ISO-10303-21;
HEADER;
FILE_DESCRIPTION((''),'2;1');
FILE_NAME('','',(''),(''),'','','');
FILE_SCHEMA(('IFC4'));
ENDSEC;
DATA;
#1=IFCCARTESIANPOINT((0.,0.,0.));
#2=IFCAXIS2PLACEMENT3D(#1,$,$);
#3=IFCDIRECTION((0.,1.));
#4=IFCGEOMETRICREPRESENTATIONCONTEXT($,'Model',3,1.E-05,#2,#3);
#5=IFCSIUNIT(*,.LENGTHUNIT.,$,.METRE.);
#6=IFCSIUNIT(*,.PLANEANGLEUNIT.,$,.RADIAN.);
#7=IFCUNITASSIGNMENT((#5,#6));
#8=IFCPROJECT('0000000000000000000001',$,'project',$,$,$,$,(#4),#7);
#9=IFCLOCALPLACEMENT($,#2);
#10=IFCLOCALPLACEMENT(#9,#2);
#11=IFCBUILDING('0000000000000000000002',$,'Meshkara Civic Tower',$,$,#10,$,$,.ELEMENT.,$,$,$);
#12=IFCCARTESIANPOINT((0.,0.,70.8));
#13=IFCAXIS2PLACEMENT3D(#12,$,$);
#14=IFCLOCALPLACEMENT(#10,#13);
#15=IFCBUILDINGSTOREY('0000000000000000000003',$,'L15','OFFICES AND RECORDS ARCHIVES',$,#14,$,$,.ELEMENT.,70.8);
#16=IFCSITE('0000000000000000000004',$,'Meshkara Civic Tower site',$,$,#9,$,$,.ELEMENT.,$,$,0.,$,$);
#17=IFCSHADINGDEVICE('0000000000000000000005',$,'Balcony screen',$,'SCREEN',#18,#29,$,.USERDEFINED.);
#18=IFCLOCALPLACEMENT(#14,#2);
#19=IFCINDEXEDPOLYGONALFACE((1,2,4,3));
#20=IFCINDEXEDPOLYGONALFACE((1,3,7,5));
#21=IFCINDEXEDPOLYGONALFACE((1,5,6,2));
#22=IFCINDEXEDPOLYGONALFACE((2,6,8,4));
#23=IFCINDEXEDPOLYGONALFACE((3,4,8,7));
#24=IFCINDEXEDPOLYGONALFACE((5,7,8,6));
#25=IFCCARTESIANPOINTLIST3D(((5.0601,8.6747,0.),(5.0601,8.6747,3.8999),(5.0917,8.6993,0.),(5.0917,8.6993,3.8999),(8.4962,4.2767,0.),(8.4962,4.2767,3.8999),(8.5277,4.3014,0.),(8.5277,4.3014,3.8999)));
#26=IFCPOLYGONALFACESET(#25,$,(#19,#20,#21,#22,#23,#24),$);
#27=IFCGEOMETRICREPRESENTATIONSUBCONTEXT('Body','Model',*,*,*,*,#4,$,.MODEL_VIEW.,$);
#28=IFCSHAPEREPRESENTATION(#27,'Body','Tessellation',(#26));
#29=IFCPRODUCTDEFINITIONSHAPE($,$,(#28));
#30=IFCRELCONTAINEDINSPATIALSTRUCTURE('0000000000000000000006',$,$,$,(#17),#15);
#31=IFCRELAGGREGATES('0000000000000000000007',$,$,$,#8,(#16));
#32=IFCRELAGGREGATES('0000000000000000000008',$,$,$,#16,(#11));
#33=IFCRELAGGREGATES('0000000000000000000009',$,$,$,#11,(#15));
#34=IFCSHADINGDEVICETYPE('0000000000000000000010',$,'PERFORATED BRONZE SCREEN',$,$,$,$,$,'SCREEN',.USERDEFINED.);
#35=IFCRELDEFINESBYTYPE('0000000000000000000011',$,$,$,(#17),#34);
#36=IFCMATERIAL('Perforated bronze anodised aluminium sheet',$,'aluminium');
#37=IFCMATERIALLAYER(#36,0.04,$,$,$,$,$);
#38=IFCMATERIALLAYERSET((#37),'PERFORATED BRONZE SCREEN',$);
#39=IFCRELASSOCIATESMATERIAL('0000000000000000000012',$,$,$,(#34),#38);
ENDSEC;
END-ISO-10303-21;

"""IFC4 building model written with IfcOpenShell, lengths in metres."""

from ifc_helpers import new_model, si_unit, direction, frame, origin, origin_2d, place, context, subcontext, project, spatial, rectangle, extrude, material, layer, layer_set, type_object, element, save


model = new_model("IFC4")

# Units and contexts
model_context = context("Model", 3, precision=1e-05, world=origin(), true_north=direction((0.0, 1.0)))
body_context = subcontext(model_context, "Body", "Model", "MODEL_VIEW")
ifc_project = project(units=[si_unit("LENGTHUNIT", "METRE"), si_unit("PLANEANGLEUNIT", "RADIAN")], contexts=[model_context])

# Site, building, storey
site_placement = place(None, origin())
site = spatial("IfcSite", under=ifc_project, at=site_placement, Name="Meshkara Civic Tower site", CompositionType="ELEMENT", RefElevation=0.0)
building_placement = place(site_placement, origin())
building = spatial("IfcBuilding", under=site, at=building_placement, Name="Meshkara Civic Tower", CompositionType="ELEMENT")
storey_placement = place(building_placement, frame((0.0, 0.0, 70.8)))
storey = spatial("IfcBuildingStorey", under=building, at=storey_placement, Name="L15", Description="OFFICES AND RECORDS ARCHIVES", CompositionType="ELEMENT", Elevation=70.8)

# Shading device
ifc_material_1 = material(Name="Perforated bronze anodised aluminium sheet", Category="aluminium")
ifc_layer_1 = layer(ifc_material_1, 0.04)
ifc_layer_set_1 = layer_set([ifc_layer_1], Name="PERFORATED BRONZE SCREEN")
shading_device_type = type_object("IfcShadingDeviceType", Name="PERFORATED BRONZE SCREEN", ElementType="SCREEN", PredefinedType="USERDEFINED", material=ifc_layer_set_1)
shading_device_placement = place(storey_placement, frame((6.7939, 6.488, 0.0), z_axis=(0.0, 0.0, 1.0), x_axis=(0.615661, -0.788011, 0.0)))
element("IfcShadingDevice", 1, at=shading_device_placement, inside=storey, type_object=shading_device_type, Name="Balcony screen", ObjectType="SCREEN", PredefinedType="USERDEFINED", context=body_context, shape_type="SweptSolid", body=[
    extrude(rectangle(XDim=5.5811, YDim=0.04, at=origin_2d()), origin(), (0.0, 0.0, 1.0), 3.8999),
])

save(model, "model.ifc")
